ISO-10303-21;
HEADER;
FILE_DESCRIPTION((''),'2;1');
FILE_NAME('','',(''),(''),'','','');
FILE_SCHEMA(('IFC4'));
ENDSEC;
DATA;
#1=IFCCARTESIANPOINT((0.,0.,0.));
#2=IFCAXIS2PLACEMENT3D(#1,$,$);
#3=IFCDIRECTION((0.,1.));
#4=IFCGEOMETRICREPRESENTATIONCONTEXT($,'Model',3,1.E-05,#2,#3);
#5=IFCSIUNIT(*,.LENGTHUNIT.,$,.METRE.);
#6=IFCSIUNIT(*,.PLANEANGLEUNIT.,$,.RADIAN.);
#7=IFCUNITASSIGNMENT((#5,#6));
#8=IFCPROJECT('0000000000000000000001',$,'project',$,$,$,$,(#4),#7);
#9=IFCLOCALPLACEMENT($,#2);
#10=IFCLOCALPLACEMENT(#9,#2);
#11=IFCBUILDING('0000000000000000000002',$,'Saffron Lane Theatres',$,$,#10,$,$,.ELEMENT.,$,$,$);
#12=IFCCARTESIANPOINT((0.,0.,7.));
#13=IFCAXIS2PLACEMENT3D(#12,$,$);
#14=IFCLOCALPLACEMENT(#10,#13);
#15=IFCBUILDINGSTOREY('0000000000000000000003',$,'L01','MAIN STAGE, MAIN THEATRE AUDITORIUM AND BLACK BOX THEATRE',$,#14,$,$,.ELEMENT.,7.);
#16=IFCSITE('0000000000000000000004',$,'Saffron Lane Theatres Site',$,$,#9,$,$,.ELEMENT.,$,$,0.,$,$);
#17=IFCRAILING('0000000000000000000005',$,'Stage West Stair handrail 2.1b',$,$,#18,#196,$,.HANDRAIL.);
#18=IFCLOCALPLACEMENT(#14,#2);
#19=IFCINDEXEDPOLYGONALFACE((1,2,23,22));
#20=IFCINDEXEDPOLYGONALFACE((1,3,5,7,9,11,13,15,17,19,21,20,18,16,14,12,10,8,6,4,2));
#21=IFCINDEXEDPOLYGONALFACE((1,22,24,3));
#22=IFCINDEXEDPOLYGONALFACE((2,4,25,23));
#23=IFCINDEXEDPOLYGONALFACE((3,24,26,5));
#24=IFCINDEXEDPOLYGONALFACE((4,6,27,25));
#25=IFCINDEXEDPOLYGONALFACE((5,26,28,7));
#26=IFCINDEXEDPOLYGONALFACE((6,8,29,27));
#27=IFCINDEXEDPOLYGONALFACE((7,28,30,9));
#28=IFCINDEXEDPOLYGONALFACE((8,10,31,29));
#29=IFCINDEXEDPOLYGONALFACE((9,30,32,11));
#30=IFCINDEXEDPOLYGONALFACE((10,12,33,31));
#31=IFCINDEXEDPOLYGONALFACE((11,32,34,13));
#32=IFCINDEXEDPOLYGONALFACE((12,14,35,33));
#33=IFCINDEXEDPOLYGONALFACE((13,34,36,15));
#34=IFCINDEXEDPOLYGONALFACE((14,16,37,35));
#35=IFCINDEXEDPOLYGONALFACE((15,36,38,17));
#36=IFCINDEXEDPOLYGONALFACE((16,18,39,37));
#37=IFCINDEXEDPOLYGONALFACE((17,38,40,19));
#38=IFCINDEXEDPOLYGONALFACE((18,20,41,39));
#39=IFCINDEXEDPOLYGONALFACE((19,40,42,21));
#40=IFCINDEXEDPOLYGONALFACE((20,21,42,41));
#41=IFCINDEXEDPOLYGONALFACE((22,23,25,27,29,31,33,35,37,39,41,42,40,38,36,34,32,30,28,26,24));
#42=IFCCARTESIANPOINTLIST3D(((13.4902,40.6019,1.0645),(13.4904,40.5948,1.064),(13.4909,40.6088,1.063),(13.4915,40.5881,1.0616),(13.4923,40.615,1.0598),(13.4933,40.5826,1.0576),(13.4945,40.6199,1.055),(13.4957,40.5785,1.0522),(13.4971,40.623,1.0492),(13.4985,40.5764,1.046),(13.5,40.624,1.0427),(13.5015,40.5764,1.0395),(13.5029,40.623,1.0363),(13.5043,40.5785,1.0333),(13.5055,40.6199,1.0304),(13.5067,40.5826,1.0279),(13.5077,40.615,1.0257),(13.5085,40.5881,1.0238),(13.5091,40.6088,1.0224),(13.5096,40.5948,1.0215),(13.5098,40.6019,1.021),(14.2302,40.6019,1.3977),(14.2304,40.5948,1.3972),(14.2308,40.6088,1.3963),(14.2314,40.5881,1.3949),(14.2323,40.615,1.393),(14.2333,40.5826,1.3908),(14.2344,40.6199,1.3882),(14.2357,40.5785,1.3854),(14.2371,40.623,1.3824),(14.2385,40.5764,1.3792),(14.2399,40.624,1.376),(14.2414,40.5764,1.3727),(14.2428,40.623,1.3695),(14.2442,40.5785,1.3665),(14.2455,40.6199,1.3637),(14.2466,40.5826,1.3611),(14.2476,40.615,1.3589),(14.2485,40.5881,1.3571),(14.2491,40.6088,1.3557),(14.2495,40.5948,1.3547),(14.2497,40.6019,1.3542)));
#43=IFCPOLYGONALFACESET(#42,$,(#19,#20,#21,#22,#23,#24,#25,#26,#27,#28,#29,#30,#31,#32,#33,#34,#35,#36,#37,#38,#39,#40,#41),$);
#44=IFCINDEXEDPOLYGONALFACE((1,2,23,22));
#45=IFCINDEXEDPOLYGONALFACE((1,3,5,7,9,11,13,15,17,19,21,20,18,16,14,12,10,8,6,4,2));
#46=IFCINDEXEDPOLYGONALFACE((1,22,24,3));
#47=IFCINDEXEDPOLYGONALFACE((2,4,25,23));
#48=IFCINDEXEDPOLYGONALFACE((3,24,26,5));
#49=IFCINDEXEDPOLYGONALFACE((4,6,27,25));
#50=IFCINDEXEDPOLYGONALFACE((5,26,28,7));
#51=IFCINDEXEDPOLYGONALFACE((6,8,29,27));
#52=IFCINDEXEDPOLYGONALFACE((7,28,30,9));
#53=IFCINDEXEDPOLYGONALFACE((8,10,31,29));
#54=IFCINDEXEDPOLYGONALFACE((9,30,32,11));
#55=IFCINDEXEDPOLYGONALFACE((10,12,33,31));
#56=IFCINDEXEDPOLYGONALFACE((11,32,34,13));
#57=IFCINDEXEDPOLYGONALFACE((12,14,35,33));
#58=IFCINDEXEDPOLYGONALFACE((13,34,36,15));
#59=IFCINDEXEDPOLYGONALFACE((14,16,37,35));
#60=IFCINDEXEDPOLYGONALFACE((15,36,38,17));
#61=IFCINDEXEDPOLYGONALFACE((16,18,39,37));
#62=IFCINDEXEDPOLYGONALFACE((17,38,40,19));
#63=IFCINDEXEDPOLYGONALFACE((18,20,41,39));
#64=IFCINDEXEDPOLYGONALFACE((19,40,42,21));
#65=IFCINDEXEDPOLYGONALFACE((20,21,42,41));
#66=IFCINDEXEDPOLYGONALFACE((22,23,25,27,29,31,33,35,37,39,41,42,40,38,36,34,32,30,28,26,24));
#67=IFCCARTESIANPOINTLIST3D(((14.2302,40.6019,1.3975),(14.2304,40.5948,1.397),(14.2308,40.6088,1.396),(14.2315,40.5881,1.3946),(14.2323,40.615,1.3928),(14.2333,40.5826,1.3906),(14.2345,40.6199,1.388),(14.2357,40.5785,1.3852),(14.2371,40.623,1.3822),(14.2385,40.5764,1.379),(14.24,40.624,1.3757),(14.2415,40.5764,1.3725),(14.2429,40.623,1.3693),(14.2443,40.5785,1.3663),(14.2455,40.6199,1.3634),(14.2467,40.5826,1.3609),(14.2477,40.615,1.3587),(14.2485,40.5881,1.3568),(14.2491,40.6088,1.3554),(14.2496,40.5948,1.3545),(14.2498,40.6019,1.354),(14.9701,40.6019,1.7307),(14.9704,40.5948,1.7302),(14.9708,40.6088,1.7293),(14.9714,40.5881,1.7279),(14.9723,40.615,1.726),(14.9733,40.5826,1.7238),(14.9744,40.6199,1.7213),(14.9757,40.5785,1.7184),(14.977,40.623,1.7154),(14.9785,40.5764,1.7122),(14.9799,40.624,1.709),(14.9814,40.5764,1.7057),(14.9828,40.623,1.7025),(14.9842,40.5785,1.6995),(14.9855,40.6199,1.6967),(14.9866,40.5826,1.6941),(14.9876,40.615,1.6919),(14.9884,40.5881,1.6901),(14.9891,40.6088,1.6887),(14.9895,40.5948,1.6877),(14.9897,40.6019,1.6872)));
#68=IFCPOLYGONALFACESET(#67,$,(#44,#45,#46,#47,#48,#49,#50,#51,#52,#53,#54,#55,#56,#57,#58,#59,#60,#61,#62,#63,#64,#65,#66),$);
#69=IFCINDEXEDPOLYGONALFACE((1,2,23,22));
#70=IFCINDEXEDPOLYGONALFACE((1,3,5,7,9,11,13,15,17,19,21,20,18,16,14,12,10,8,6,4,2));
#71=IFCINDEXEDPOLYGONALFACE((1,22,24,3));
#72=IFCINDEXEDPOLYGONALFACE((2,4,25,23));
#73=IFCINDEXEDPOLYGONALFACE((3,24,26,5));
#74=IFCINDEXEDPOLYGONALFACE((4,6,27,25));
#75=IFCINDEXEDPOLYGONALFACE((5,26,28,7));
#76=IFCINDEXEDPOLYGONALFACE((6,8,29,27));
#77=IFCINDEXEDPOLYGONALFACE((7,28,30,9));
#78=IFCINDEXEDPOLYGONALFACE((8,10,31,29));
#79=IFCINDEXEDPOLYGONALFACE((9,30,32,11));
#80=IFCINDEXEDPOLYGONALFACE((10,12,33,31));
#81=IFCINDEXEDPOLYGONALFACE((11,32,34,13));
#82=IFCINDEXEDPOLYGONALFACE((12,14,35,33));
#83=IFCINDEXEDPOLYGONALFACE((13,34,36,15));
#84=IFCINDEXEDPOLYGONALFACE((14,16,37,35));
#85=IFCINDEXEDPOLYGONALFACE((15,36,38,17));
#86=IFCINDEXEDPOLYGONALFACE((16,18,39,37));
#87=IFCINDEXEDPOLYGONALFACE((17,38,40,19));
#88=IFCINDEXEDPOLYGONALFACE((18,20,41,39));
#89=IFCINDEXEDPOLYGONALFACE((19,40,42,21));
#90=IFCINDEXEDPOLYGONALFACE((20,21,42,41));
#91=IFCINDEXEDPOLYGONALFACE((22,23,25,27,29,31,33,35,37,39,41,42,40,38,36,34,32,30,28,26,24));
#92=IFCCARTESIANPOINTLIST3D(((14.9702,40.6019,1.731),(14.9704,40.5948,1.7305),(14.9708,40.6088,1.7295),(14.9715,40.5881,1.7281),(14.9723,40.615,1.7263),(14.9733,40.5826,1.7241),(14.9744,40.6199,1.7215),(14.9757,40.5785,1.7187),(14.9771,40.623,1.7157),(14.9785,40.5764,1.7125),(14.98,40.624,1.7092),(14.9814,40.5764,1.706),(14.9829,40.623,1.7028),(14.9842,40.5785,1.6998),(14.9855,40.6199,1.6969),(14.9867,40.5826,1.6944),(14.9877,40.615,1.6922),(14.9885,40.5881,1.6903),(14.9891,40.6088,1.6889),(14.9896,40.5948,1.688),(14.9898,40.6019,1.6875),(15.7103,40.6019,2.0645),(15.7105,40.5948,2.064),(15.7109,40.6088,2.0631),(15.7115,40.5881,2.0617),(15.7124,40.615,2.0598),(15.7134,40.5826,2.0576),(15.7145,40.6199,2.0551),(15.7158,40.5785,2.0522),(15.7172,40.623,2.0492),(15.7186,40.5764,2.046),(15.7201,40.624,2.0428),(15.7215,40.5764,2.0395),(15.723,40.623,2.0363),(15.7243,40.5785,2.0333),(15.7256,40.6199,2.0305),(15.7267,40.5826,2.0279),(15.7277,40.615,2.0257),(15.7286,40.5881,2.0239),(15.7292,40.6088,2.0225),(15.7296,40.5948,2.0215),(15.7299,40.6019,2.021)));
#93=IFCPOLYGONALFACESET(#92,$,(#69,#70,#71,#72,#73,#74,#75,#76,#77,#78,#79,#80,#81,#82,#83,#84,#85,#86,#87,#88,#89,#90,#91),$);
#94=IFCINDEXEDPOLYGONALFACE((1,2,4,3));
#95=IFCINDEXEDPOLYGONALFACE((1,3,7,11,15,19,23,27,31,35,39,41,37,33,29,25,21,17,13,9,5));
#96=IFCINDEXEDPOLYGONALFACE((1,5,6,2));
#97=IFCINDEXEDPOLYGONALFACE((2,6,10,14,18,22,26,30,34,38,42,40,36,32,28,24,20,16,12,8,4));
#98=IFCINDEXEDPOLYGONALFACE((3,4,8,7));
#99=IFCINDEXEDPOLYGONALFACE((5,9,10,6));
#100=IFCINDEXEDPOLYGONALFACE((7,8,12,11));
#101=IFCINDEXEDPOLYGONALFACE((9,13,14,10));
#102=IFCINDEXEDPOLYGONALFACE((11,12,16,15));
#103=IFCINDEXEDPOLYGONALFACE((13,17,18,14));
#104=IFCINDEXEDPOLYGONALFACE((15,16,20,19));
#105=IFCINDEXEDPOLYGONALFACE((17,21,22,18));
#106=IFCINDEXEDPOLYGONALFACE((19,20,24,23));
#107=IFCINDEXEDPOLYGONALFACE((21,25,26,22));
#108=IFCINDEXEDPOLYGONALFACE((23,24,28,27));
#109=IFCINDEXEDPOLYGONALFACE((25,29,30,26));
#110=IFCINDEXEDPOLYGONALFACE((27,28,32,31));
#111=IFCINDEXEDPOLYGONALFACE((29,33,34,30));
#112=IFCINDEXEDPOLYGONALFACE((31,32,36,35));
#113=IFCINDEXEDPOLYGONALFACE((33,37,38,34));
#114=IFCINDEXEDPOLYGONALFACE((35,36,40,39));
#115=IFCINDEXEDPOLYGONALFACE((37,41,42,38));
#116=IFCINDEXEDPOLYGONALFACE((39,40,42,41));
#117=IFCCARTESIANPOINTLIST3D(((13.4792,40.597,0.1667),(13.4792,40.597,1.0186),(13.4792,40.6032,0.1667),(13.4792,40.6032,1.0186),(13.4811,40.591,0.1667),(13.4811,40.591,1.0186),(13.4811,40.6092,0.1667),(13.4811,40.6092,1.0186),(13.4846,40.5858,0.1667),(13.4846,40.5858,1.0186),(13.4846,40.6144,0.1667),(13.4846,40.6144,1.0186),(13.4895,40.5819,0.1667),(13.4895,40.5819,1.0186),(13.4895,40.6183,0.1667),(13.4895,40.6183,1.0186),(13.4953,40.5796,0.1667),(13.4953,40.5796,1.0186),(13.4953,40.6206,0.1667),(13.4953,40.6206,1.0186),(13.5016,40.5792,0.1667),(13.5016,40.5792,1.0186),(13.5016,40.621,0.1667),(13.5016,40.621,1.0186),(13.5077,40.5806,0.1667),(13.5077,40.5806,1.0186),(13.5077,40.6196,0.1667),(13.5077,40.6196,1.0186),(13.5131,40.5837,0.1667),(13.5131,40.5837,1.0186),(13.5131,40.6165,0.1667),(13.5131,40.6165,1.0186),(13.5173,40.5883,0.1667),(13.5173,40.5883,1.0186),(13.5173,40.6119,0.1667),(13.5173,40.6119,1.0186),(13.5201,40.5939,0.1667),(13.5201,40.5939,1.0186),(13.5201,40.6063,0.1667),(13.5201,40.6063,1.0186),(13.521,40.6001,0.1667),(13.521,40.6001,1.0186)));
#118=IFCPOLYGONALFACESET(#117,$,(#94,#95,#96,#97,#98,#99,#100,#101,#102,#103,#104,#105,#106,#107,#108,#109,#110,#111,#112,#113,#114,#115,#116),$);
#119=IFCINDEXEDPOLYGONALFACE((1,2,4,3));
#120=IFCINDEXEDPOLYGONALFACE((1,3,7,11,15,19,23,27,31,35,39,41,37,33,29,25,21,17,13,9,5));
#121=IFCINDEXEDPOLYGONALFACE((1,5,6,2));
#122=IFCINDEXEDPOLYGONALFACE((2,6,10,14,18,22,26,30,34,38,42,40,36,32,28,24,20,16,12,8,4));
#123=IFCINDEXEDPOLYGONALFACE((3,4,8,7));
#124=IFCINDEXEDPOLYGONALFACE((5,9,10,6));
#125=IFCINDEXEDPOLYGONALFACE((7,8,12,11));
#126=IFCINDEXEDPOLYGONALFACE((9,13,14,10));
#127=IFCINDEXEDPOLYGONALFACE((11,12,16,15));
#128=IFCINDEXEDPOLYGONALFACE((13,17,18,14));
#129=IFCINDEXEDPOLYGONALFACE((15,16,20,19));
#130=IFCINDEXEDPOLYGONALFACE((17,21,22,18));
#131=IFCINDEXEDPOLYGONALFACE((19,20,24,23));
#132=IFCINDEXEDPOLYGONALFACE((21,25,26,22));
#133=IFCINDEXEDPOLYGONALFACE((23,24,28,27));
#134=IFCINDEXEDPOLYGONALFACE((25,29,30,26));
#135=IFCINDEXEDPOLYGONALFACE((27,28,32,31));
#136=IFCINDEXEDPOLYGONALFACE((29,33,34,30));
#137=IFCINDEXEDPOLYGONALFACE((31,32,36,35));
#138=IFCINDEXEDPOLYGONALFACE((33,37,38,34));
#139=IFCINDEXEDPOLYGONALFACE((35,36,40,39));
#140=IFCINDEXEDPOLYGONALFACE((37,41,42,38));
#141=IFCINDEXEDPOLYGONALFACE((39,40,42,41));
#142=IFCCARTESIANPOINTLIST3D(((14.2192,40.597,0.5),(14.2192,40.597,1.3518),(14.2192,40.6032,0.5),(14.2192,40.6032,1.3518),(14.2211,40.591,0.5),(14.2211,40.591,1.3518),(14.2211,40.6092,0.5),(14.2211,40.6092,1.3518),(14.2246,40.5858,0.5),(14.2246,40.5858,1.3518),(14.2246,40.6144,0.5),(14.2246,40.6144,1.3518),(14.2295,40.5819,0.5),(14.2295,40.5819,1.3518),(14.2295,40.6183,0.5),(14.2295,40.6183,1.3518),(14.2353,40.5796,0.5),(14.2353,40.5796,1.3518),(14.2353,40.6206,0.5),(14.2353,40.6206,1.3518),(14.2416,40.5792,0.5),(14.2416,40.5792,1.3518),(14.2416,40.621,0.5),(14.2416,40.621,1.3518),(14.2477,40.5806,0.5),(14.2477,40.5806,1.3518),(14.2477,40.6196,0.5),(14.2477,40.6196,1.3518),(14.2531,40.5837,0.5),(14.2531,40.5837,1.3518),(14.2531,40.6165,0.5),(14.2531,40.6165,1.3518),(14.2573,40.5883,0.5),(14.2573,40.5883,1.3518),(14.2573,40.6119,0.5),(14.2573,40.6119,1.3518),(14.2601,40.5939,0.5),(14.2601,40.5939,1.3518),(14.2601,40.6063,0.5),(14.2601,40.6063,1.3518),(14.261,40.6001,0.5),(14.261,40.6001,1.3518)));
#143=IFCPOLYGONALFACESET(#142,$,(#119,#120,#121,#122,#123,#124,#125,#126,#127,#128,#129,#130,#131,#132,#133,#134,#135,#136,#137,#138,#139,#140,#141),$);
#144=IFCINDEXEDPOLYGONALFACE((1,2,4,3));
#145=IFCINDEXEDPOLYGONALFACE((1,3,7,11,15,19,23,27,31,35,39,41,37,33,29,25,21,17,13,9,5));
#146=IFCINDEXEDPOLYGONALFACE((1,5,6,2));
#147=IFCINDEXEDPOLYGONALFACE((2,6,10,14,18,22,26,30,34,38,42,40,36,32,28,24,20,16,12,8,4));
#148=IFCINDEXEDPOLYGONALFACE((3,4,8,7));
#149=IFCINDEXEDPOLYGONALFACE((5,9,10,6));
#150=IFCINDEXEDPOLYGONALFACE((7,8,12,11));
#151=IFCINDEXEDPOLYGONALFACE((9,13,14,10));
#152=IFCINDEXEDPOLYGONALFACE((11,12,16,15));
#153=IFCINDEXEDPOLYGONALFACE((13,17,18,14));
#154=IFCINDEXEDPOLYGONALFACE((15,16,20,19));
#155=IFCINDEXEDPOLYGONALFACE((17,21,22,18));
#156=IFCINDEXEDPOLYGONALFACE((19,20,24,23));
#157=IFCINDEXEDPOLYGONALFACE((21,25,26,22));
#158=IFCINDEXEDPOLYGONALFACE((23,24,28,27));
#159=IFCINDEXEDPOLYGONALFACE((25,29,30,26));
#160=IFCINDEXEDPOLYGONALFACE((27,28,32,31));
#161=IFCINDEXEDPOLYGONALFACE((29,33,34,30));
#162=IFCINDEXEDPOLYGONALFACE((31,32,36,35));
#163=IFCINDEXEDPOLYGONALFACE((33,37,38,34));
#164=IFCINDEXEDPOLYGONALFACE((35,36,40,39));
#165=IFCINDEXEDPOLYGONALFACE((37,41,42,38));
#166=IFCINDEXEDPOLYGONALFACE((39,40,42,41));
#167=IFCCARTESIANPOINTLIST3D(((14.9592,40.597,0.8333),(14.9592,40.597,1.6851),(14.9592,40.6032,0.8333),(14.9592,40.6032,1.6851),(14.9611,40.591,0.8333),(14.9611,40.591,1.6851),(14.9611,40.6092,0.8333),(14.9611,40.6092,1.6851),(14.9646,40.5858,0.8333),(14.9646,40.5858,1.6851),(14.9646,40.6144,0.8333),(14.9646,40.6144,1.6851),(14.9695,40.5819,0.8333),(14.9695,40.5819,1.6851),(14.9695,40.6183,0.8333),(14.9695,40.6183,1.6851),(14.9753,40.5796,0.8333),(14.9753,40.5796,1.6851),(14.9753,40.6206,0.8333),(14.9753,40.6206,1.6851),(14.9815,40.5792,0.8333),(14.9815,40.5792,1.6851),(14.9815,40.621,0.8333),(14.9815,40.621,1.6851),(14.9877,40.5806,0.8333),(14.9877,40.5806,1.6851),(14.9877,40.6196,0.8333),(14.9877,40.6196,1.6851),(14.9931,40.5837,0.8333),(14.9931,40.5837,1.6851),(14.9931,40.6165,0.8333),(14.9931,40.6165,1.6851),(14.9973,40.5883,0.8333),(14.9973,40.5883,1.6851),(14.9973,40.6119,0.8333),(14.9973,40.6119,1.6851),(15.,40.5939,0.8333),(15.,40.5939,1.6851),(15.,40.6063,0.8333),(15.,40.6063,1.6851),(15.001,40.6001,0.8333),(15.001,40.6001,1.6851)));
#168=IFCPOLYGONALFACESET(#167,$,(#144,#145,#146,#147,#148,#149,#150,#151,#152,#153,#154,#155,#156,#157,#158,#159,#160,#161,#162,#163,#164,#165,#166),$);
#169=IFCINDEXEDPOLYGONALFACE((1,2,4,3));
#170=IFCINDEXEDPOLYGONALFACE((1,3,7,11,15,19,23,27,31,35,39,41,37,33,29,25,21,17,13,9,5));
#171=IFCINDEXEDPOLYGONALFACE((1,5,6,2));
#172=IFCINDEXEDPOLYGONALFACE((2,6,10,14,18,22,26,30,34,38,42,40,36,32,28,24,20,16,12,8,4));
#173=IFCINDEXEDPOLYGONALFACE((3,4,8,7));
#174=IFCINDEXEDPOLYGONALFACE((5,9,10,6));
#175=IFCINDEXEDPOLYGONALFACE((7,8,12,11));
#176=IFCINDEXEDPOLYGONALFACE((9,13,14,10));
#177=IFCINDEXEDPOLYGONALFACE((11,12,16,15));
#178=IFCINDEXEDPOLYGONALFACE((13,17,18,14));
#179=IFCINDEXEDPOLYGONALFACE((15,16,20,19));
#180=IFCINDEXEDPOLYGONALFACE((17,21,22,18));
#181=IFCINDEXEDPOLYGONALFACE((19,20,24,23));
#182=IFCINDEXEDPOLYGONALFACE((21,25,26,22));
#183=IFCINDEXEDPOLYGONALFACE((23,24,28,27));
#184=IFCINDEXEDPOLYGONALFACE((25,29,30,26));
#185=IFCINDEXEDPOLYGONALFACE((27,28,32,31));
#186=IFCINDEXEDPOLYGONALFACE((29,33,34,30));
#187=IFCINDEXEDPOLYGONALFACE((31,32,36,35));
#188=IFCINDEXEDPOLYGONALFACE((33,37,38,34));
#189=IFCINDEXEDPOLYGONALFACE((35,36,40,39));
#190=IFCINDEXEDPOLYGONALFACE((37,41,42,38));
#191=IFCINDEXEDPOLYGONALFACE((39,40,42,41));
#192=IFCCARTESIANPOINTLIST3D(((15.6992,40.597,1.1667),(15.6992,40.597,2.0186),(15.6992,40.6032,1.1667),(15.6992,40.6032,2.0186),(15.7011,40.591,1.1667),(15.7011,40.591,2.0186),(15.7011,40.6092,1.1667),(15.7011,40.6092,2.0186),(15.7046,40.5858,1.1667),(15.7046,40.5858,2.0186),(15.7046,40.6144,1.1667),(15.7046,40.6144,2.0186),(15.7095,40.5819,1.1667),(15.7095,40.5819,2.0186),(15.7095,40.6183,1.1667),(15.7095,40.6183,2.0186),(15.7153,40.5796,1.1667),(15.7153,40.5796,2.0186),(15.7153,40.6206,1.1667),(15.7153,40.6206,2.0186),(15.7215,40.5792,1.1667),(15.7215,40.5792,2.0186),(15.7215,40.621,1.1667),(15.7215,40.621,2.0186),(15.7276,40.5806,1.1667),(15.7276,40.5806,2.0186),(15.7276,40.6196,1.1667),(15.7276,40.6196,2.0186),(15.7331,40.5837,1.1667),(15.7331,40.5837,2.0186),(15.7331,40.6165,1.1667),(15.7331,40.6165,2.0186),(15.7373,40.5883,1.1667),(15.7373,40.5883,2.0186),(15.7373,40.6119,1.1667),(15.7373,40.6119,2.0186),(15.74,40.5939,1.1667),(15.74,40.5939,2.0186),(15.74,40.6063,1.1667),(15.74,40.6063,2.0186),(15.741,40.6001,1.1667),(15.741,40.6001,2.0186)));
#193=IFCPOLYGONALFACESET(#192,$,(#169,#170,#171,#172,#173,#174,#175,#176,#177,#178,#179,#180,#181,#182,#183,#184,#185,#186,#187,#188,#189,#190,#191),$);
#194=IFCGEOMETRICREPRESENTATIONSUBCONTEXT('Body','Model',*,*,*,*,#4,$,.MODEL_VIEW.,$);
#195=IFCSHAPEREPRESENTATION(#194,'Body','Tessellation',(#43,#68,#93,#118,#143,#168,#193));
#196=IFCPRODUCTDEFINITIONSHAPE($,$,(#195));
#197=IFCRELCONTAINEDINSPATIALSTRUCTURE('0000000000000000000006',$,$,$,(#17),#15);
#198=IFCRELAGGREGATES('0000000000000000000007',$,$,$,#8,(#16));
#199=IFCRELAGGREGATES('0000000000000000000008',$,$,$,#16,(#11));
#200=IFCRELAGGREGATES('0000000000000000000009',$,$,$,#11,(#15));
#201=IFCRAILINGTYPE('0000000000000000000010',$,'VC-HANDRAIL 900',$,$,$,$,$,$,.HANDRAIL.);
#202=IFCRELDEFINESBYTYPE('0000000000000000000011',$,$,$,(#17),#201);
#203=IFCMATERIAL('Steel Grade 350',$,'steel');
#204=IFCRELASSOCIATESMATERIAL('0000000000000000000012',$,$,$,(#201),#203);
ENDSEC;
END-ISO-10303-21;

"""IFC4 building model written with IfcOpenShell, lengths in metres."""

from ifc_helpers import new_model, si_unit, direction, frame, origin, origin_2d, place, context, subcontext, project, spatial, circle, extrude, material, type_object, element, save


model = new_model("IFC4")

# Units and contexts
model_context = context("Model", 3, precision=1e-05, world=origin(), true_north=direction((0.0, 1.0)))
body_context = subcontext(model_context, "Body", "Model", "MODEL_VIEW")
ifc_project = project(units=[si_unit("LENGTHUNIT", "METRE"), si_unit("PLANEANGLEUNIT", "RADIAN")], contexts=[model_context])

# Site, building, storey
site_placement = place(None, origin())
site = spatial("IfcSite", under=ifc_project, at=site_placement, Name="Saffron Lane Theatres Site", CompositionType="ELEMENT", RefElevation=0.0)
building_placement = place(site_placement, origin())
building = spatial("IfcBuilding", under=site, at=building_placement, Name="Saffron Lane Theatres", CompositionType="ELEMENT")
storey_placement = place(building_placement, frame((0.0, 0.0, 7.0)))
storey = spatial("IfcBuildingStorey", under=building, at=storey_placement, Name="L01", Description="MAIN STAGE, MAIN THEATRE AUDITORIUM AND BLACK BOX THEATRE", CompositionType="ELEMENT", Elevation=7.0)

# Railing
ifc_material_1 = material(Name="Steel Grade 350", Category="steel")
railing_type_1 = type_object("IfcRailingType", Name="VC-HANDRAIL 900", PredefinedType="HANDRAIL", material=ifc_material_1)
for number, where, name in (
    (1, (13.5, 40.6001, 0.1667), "Stage West Stair handrail 2.1b"),
):
    element("IfcRailing", number, at=place(storey_placement, frame(where)), inside=storey, type_object=railing_type_1, Name=name, PredefinedType="HANDRAIL", context=body_context, shape_type="SweptSolid", body=[
        extrude(circle(Radius=0.0239, at=origin_2d()), frame((0.0, 0.0, 0.876), z_axis=(0.911803, 0.0, 0.410627), x_axis=(0.0, 1.0, 0.0)), (0.0, 0.0, 1.0), 0.8115),
        extrude(circle(Radius=0.0239, at=origin_2d()), frame((0.74, 0.0, 1.209), z_axis=(0.911803, 0.0, 0.410627), x_axis=(0.0, 1.0, 0.0)), (0.0, 0.0, 1.0), 0.8115),
        extrude(circle(Radius=0.0239, at=origin_2d()), frame((1.48, 0.0, 1.5425), z_axis=(0.911691, 0.0, 0.410877), x_axis=(0.0, 1.0, 0.0)), (0.0, 0.0, 1.0), 0.8118),
        extrude(circle(Radius=0.021, at=origin_2d()), origin(), (0.0, 0.0, 1.0), 0.8518),
        extrude(circle(Radius=0.021, at=origin_2d()), frame((0.74, 0.0, 0.3333)), (0.0, 0.0, 1.0), 0.8518),
        extrude(circle(Radius=0.021, at=origin_2d()), frame((1.48, 0.0, 0.6665)), (0.0, 0.0, 1.0), 0.8518),
        extrude(circle(Radius=0.021, at=origin_2d()), frame((2.22, 0.0, 1.0)), (0.0, 0.0, 1.0), 0.8518),
    ])

save(model, "model.ifc")
